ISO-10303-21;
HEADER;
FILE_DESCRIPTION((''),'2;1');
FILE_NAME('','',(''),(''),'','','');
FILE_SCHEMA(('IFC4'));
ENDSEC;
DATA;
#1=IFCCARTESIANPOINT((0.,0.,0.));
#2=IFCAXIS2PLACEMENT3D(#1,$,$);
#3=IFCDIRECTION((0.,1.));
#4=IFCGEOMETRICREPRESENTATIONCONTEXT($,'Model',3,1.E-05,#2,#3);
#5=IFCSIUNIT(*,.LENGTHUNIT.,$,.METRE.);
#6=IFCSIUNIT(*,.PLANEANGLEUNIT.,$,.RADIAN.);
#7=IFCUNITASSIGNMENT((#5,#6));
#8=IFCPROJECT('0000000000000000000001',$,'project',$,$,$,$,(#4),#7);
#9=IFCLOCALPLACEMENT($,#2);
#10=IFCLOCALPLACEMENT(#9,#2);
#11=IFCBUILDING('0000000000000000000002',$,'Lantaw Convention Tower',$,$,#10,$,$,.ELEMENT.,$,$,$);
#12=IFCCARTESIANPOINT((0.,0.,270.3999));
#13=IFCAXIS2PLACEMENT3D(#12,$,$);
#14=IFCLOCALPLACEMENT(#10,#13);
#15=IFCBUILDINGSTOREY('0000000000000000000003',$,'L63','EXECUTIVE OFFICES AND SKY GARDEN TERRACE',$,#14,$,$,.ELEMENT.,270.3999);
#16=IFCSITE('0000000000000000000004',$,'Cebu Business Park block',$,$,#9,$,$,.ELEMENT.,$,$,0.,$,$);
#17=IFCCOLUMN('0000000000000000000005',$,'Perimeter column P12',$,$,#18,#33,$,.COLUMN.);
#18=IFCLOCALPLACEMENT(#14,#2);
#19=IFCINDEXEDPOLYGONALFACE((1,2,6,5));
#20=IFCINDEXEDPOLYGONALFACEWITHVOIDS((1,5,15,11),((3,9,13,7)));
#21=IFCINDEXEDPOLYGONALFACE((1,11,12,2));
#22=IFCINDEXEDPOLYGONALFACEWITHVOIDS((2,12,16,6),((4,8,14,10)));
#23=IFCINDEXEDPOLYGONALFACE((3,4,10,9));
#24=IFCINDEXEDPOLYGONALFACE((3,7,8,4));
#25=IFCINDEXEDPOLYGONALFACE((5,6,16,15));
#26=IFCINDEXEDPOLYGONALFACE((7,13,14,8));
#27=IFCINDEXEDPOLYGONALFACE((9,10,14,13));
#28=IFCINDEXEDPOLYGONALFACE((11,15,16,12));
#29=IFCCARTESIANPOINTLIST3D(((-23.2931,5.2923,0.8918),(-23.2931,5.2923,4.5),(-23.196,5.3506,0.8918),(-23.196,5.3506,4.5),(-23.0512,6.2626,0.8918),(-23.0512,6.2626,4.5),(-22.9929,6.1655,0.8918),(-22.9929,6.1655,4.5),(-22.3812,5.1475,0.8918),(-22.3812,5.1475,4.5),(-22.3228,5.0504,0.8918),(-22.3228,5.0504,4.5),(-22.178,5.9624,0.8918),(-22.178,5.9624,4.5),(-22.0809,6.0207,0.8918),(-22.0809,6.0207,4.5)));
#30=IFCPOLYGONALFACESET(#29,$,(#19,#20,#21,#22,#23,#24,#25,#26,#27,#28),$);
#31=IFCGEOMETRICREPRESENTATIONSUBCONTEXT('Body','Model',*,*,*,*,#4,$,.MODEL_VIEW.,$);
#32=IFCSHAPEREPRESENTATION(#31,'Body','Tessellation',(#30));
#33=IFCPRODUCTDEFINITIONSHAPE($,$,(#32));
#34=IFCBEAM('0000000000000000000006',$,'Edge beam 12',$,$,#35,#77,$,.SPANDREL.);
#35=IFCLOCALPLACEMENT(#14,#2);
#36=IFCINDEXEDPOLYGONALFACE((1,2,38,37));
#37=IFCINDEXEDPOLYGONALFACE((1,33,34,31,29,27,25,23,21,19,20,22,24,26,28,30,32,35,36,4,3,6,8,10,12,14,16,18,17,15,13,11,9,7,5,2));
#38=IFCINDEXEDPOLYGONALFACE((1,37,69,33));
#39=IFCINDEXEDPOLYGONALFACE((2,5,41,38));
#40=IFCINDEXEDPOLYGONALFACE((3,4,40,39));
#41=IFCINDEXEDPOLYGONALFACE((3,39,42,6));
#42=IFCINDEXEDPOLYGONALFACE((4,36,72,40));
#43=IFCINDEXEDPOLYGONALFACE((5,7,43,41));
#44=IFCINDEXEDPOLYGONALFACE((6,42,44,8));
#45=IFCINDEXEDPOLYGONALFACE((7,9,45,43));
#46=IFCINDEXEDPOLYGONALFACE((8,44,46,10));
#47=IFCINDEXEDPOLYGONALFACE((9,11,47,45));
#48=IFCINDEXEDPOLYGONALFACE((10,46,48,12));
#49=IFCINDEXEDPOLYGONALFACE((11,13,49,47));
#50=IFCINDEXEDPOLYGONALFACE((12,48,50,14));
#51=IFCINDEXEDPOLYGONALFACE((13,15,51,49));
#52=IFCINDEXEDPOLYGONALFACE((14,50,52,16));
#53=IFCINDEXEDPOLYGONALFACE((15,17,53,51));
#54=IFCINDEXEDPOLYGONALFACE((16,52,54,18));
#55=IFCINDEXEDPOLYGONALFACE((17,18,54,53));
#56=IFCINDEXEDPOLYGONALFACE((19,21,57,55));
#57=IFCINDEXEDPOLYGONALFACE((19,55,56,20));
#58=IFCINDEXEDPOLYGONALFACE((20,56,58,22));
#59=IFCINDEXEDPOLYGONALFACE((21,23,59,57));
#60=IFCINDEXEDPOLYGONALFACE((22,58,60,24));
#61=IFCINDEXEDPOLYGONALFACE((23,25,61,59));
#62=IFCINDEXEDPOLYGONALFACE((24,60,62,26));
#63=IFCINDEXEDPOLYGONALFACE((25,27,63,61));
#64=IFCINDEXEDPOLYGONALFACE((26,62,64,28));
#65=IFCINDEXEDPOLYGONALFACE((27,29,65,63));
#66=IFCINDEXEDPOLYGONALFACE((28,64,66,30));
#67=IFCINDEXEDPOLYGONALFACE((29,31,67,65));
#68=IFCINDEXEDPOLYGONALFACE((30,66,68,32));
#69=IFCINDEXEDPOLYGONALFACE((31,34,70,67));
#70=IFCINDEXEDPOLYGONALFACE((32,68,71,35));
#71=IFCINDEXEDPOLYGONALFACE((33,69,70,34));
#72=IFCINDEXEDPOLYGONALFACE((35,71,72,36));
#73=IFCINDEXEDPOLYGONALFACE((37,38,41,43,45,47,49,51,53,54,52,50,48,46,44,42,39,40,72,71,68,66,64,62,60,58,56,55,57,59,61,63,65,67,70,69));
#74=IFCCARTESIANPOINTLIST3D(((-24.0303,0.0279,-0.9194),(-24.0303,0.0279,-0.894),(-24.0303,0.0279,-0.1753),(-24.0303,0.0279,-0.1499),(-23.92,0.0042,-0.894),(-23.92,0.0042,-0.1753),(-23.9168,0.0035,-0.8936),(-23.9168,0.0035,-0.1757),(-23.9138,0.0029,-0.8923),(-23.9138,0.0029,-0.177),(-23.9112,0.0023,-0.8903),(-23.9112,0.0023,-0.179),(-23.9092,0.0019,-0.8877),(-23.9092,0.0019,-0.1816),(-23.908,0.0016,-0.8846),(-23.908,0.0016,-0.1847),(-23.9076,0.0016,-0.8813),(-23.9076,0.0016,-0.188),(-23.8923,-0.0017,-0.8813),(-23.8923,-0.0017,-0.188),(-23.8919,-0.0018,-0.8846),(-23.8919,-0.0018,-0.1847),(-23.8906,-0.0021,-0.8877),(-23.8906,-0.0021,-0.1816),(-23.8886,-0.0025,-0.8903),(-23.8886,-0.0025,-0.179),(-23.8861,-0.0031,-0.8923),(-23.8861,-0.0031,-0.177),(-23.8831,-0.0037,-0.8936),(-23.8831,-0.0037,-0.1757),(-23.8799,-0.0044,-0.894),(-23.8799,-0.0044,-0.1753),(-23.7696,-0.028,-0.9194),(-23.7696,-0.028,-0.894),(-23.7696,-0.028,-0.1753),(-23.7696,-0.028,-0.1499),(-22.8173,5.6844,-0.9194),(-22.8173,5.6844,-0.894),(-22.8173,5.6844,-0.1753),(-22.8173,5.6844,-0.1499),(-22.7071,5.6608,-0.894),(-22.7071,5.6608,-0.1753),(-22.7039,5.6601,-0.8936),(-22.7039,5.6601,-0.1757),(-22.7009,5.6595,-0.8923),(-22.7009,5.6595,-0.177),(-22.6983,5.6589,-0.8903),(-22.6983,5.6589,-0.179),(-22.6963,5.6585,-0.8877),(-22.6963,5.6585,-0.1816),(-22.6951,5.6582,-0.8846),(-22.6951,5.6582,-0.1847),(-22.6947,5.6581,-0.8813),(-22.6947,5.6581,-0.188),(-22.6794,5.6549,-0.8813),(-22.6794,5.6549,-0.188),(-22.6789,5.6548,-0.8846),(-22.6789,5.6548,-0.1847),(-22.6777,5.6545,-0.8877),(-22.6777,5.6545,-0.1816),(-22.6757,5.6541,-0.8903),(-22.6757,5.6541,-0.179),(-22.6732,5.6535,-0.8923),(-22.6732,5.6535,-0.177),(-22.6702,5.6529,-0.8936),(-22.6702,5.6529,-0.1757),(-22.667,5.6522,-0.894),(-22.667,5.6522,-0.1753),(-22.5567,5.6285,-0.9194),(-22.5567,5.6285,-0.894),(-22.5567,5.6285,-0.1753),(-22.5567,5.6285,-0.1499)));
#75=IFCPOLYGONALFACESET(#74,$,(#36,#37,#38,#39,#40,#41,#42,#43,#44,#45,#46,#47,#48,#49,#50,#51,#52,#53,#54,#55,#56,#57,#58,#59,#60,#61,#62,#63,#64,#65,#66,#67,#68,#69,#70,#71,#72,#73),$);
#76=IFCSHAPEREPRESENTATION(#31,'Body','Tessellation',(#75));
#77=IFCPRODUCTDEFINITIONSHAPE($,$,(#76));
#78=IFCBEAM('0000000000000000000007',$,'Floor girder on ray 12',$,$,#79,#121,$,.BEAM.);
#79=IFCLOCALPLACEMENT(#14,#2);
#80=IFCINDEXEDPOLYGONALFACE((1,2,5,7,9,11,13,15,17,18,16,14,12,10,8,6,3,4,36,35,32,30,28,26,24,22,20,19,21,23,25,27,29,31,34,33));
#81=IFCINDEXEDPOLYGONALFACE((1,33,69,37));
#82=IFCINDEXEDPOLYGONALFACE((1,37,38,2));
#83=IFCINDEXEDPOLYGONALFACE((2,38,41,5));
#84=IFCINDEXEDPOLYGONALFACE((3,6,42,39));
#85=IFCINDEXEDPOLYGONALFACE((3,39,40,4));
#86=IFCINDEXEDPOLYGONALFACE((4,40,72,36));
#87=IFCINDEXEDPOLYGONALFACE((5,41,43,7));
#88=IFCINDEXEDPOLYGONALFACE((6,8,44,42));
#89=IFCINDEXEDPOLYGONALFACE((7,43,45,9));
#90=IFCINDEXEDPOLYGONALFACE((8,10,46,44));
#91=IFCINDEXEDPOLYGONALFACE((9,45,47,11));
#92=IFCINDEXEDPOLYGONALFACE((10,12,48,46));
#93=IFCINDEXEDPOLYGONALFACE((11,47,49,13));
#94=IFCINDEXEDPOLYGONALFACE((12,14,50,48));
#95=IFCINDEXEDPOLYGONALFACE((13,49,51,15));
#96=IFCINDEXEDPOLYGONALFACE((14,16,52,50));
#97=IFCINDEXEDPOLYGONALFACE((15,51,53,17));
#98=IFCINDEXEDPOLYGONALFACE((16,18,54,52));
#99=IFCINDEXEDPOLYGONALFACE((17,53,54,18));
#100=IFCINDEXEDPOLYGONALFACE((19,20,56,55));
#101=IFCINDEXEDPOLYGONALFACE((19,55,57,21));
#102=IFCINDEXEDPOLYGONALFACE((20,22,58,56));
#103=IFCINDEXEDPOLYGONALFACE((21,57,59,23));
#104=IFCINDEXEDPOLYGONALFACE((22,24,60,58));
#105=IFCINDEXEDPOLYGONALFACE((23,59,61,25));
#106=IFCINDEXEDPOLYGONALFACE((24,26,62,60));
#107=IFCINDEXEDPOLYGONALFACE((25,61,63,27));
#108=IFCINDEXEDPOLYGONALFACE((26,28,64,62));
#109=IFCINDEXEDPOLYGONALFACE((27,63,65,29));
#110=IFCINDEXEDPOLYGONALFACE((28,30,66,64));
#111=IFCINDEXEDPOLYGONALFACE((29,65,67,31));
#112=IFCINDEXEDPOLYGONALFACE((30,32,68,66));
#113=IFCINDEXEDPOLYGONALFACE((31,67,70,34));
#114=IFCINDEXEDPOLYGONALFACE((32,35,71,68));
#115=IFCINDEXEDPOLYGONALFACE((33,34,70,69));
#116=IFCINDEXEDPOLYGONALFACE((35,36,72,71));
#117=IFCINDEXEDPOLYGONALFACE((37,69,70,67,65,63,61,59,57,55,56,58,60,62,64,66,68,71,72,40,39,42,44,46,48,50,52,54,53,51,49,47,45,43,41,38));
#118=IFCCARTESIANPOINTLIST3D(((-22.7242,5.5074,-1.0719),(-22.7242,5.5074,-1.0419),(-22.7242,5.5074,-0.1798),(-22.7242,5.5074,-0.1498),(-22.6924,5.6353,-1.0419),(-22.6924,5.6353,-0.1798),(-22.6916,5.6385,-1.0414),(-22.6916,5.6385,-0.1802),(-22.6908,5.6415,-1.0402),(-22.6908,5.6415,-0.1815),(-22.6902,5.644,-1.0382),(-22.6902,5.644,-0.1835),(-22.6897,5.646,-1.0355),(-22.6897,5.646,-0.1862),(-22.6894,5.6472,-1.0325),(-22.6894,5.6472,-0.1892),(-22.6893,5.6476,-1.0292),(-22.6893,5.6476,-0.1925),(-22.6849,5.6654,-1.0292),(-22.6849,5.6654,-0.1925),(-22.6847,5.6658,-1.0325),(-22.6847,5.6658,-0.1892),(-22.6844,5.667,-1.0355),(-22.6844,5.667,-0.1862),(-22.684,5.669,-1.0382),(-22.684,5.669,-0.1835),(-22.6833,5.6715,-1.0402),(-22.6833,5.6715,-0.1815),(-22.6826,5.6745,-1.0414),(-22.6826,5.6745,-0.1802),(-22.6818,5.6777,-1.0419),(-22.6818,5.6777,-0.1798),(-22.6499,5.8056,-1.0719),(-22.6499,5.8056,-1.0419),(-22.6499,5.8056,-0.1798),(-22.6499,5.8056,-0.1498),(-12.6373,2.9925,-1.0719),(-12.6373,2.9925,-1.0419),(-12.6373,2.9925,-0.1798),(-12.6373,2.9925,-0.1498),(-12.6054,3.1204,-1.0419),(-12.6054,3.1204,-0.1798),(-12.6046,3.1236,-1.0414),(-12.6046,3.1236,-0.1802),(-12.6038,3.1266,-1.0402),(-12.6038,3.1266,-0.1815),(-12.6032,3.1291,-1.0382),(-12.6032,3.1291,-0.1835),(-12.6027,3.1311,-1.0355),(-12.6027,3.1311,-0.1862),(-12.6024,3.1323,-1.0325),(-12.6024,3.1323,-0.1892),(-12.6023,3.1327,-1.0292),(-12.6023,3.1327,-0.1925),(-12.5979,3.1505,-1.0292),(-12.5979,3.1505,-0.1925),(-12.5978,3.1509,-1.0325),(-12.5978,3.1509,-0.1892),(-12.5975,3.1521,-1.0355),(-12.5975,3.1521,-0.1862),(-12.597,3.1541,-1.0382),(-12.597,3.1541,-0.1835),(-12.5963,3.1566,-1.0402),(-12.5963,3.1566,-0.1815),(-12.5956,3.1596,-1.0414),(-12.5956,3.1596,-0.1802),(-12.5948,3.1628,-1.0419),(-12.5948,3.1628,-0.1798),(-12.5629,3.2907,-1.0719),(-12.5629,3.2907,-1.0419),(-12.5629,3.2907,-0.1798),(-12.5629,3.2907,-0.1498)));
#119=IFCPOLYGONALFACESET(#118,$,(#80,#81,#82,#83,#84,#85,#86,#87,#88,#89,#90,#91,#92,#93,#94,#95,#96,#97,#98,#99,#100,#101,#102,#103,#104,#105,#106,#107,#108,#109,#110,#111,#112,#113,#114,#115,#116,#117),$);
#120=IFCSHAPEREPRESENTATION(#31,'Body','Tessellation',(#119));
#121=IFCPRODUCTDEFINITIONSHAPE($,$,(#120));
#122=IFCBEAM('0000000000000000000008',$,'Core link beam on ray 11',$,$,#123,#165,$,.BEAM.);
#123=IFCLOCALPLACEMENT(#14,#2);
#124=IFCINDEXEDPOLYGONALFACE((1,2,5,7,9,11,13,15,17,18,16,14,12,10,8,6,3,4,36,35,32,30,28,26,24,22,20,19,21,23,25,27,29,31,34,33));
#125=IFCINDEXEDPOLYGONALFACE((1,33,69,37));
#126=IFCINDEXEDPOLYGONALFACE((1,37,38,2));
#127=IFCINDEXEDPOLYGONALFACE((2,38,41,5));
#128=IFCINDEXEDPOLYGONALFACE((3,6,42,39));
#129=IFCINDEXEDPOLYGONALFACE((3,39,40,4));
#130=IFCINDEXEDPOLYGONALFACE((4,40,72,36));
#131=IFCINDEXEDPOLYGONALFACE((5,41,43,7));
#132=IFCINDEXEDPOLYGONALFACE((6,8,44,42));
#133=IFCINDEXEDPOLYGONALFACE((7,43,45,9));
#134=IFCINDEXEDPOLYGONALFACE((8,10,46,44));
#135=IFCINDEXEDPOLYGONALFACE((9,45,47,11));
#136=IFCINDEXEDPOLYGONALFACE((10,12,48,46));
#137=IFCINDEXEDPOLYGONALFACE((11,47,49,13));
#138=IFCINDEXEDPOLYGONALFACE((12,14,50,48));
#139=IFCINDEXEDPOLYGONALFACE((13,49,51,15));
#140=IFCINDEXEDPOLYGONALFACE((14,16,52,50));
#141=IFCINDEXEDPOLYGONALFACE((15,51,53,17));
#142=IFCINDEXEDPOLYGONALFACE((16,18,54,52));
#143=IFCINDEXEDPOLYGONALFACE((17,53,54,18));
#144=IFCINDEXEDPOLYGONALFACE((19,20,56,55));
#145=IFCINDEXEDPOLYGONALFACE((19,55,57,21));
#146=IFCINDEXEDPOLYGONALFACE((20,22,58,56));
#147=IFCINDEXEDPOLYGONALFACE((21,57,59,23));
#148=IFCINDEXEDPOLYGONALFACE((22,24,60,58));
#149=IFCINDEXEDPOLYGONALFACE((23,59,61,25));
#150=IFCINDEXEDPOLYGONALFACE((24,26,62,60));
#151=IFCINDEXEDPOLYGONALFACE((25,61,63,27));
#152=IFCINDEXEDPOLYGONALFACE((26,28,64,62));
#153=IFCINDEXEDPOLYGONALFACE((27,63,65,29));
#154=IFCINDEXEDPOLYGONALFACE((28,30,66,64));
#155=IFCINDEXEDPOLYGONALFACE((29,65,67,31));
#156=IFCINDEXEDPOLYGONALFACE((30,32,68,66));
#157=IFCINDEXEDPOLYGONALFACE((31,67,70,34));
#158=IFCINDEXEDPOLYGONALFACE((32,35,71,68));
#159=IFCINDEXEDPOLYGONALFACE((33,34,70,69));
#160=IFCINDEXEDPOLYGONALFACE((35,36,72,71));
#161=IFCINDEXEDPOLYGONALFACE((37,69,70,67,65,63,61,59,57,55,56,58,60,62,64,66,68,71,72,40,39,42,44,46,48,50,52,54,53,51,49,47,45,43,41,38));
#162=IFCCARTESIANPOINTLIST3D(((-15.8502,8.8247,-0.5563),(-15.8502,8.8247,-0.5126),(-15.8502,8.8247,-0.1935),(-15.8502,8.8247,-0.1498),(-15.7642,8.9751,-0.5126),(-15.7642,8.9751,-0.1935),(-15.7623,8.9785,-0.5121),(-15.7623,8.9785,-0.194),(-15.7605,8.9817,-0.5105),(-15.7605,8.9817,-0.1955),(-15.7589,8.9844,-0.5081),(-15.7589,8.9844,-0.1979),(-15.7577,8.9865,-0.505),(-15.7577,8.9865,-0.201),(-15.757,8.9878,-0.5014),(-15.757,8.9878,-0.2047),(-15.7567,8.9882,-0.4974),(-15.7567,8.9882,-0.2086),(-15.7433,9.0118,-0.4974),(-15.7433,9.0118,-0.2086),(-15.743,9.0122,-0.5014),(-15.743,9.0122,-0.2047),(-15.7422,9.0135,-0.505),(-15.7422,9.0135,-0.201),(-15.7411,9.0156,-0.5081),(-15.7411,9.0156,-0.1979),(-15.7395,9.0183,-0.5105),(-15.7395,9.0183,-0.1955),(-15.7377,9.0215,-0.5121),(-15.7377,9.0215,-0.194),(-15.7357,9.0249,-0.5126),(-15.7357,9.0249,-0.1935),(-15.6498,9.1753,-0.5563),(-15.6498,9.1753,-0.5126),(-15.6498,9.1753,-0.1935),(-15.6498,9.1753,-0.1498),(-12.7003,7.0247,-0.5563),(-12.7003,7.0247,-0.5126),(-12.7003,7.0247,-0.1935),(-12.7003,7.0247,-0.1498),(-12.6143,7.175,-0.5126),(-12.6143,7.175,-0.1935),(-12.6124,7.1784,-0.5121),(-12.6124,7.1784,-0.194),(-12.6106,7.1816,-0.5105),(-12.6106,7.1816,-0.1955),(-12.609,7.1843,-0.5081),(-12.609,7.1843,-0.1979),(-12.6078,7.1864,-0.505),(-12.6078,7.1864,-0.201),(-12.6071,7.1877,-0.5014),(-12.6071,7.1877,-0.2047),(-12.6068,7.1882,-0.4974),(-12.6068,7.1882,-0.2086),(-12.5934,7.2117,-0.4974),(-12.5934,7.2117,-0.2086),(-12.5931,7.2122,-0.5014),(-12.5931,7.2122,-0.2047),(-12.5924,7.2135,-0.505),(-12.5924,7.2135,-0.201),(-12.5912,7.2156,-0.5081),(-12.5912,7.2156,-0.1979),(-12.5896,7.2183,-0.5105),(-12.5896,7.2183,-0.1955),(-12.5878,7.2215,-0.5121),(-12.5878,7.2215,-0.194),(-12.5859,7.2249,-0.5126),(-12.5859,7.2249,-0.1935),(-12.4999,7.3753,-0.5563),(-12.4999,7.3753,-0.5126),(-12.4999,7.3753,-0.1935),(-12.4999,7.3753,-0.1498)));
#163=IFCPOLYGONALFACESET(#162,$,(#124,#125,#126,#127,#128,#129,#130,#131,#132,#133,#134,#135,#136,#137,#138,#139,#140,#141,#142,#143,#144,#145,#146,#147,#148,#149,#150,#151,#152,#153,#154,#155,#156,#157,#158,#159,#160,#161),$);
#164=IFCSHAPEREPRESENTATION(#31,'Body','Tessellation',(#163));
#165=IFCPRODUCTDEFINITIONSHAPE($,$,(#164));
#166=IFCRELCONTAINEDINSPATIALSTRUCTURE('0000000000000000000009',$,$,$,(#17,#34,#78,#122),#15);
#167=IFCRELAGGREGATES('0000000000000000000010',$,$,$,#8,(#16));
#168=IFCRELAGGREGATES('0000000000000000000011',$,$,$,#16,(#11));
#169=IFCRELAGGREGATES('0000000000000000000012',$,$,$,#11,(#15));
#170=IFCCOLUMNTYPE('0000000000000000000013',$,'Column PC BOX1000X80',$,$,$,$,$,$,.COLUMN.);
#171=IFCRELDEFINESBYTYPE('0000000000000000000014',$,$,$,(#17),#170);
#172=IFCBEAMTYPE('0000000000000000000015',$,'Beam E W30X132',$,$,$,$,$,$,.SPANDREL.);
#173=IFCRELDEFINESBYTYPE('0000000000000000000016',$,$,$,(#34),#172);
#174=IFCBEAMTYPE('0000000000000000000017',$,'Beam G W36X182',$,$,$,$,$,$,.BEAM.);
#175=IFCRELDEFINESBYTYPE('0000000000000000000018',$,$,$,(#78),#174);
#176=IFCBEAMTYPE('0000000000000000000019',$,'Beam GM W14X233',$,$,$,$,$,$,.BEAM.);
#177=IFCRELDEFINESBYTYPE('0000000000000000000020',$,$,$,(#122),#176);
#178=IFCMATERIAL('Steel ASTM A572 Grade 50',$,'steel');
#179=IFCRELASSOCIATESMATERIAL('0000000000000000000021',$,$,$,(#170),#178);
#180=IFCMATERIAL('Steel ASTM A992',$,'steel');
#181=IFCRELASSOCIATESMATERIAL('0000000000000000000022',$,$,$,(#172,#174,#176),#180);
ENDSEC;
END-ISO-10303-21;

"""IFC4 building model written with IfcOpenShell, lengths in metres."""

from ifc_helpers import new_model, si_unit, direction, frame, origin, origin_2d, place, context, subcontext, project, spatial, rectangle, hollow_rectangle, i_section, extrude, material, material_profile, profile_set, type_object, element, save


model = new_model("IFC4")

# Units and contexts
model_context = context("Model", 3, precision=1e-05, world=origin(), true_north=direction((0.0, 1.0)))
body_context = subcontext(model_context, "Body", "Model", "MODEL_VIEW")
ifc_project = project(units=[si_unit("LENGTHUNIT", "METRE"), si_unit("PLANEANGLEUNIT", "RADIAN")], contexts=[model_context])

# Site, building, storey
site_placement = place(None, origin())
site = spatial("IfcSite", under=ifc_project, at=site_placement, Name="Cebu Business Park block", CompositionType="ELEMENT", RefElevation=0.0)
building_placement = place(site_placement, origin())
building = spatial("IfcBuilding", under=site, at=building_placement, Name="Lantaw Convention Tower", CompositionType="ELEMENT")
storey_placement = place(building_placement, frame((0.0, 0.0, 270.3999)))
storey = spatial("IfcBuildingStorey", under=building, at=storey_placement, Name="L63", Description="EXECUTIVE OFFICES AND SKY GARDEN TERRACE", CompositionType="ELEMENT", Elevation=270.3999)

# Column
ifc_material_1 = material(Name="Steel ASTM A572 Grade 50", Category="steel")
ifc_material_profile_1 = material_profile(ifc_material_1, hollow_rectangle(XDim=1.0, YDim=1.0, WallThickness=0.0801, at=origin_2d()), Name="BOX1000X80")
ifc_material_2 = material(Name="Concrete C60/75", Category="concrete")
ifc_material_profile_2 = material_profile(ifc_material_2, rectangle(XDim=0.8401, YDim=0.8401, at=origin_2d()), Name="Concrete fill of BOX1000X80")
ifc_profile_set_1 = profile_set([ifc_material_profile_1, ifc_material_profile_2], Name="Steel ASTM A572 Grade 50")
column_type = type_object("IfcColumnType", Name="Column PC BOX1000X80", PredefinedType="COLUMN", material=ifc_profile_set_1)
column_placement = place(storey_placement, frame((-22.687, 5.6565, 0.8918), z_axis=(0.0, 0.0, 1.0), x_axis=(0.241922, 0.970296, 0.0)))
element("IfcColumn", 1, at=column_placement, inside=storey, type_object=column_type, Name="Perimeter column P12", PredefinedType="COLUMN", context=body_context, shape_type="SweptSolid", body=[
    extrude(hollow_rectangle(XDim=1.0, YDim=1.0, WallThickness=0.0801, at=origin_2d()), origin(), (0.0, 0.0, 1.0), 3.6082),
])

# Beams
ifc_material_3 = material(Name="Steel ASTM A992", Category="steel")
ifc_material_profile_3 = material_profile(ifc_material_3, i_section(OverallWidth=0.2666, OverallDepth=0.7695, WebThickness=0.0156, FlangeThickness=0.0254, FilletRadius=0.0127, at=origin_2d()), Name="W30X132")
ifc_profile_set_2 = profile_set([ifc_material_profile_3], Name="Steel ASTM A992")
beam_type_1 = type_object("IfcBeamType", Name="Beam E W30X132", PredefinedType="SPANDREL", material=ifc_profile_set_2)
beam_1_placement = place(storey_placement, frame((-22.687, 5.6565, -0.5347), z_axis=(-0.209659, -0.977775, 0.0), x_axis=(0.977775, -0.209659, 0.0)))
element("IfcBeam", 2, at=beam_1_placement, inside=storey, type_object=beam_type_1, Name="Edge beam 12", PredefinedType="SPANDREL", context=body_context, shape_type="SweptSolid", body=[
    extrude(i_section(OverallWidth=0.2666, OverallDepth=0.7695, WebThickness=0.0156, FlangeThickness=0.0254, FilletRadius=0.0127, at=origin_2d()), origin(), (0.0, 0.0, 1.0), 5.7852),
])
ifc_material_profile_4 = material_profile(ifc_material_3, i_section(OverallWidth=0.3074, OverallDepth=0.9221, WebThickness=0.0183, FlangeThickness=0.03, FilletRadius=0.0127, at=origin_2d()), Name="W36X182")
ifc_profile_set_3 = profile_set([ifc_material_profile_4], Name="Steel ASTM A992")
beam_type_2 = type_object("IfcBeamType", Name="Beam G W36X182", PredefinedType="BEAM", material=ifc_profile_set_3)
beam_2_placement = place(storey_placement, frame((-12.6001, 3.1416, -0.6108), z_axis=(-0.970297, 0.241917, 0.0), x_axis=(-0.241917, -0.970297, 0.0)))
element("IfcBeam", 3, at=beam_2_placement, inside=storey, type_object=beam_type_2, Name="Floor girder on ray 12", PredefinedType="BEAM", context=body_context, shape_type="SweptSolid", body=[
    extrude(i_section(OverallWidth=0.3074, OverallDepth=0.9221, WebThickness=0.0183, FlangeThickness=0.03, FilletRadius=0.0127, at=origin_2d()), origin(), (0.0, 0.0, 1.0), 10.3958),
])
ifc_material_profile_5 = material_profile(ifc_material_3, i_section(OverallWidth=0.4038, OverallDepth=0.4065, WebThickness=0.0271, FlangeThickness=0.0437, FilletRadius=0.0151, at=origin_2d()), Name="W14X233")
ifc_profile_set_4 = profile_set([ifc_material_profile_5], Name="Steel ASTM A992")
beam_type_3 = type_object("IfcBeamType", Name="Beam GM W14X233", PredefinedType="BEAM", material=ifc_profile_set_4)
beam_3_placement = place(storey_placement, frame((-12.6001, 7.2, -0.353), z_axis=(-0.868231, 0.496161, 0.0), x_axis=(-0.496161, -0.868231, 0.0)))
element("IfcBeam", 4, at=beam_3_placement, inside=storey, type_object=beam_type_3, Name="Core link beam on ray 11", PredefinedType="BEAM", context=body_context, shape_type="SweptSolid", body=[
    extrude(i_section(OverallWidth=0.4038, OverallDepth=0.4065, WebThickness=0.0271, FlangeThickness=0.0437, FilletRadius=0.0151, at=origin_2d()), origin(), (0.0, 0.0, 1.0), 3.6279),
])

save(model, "model.ifc")
